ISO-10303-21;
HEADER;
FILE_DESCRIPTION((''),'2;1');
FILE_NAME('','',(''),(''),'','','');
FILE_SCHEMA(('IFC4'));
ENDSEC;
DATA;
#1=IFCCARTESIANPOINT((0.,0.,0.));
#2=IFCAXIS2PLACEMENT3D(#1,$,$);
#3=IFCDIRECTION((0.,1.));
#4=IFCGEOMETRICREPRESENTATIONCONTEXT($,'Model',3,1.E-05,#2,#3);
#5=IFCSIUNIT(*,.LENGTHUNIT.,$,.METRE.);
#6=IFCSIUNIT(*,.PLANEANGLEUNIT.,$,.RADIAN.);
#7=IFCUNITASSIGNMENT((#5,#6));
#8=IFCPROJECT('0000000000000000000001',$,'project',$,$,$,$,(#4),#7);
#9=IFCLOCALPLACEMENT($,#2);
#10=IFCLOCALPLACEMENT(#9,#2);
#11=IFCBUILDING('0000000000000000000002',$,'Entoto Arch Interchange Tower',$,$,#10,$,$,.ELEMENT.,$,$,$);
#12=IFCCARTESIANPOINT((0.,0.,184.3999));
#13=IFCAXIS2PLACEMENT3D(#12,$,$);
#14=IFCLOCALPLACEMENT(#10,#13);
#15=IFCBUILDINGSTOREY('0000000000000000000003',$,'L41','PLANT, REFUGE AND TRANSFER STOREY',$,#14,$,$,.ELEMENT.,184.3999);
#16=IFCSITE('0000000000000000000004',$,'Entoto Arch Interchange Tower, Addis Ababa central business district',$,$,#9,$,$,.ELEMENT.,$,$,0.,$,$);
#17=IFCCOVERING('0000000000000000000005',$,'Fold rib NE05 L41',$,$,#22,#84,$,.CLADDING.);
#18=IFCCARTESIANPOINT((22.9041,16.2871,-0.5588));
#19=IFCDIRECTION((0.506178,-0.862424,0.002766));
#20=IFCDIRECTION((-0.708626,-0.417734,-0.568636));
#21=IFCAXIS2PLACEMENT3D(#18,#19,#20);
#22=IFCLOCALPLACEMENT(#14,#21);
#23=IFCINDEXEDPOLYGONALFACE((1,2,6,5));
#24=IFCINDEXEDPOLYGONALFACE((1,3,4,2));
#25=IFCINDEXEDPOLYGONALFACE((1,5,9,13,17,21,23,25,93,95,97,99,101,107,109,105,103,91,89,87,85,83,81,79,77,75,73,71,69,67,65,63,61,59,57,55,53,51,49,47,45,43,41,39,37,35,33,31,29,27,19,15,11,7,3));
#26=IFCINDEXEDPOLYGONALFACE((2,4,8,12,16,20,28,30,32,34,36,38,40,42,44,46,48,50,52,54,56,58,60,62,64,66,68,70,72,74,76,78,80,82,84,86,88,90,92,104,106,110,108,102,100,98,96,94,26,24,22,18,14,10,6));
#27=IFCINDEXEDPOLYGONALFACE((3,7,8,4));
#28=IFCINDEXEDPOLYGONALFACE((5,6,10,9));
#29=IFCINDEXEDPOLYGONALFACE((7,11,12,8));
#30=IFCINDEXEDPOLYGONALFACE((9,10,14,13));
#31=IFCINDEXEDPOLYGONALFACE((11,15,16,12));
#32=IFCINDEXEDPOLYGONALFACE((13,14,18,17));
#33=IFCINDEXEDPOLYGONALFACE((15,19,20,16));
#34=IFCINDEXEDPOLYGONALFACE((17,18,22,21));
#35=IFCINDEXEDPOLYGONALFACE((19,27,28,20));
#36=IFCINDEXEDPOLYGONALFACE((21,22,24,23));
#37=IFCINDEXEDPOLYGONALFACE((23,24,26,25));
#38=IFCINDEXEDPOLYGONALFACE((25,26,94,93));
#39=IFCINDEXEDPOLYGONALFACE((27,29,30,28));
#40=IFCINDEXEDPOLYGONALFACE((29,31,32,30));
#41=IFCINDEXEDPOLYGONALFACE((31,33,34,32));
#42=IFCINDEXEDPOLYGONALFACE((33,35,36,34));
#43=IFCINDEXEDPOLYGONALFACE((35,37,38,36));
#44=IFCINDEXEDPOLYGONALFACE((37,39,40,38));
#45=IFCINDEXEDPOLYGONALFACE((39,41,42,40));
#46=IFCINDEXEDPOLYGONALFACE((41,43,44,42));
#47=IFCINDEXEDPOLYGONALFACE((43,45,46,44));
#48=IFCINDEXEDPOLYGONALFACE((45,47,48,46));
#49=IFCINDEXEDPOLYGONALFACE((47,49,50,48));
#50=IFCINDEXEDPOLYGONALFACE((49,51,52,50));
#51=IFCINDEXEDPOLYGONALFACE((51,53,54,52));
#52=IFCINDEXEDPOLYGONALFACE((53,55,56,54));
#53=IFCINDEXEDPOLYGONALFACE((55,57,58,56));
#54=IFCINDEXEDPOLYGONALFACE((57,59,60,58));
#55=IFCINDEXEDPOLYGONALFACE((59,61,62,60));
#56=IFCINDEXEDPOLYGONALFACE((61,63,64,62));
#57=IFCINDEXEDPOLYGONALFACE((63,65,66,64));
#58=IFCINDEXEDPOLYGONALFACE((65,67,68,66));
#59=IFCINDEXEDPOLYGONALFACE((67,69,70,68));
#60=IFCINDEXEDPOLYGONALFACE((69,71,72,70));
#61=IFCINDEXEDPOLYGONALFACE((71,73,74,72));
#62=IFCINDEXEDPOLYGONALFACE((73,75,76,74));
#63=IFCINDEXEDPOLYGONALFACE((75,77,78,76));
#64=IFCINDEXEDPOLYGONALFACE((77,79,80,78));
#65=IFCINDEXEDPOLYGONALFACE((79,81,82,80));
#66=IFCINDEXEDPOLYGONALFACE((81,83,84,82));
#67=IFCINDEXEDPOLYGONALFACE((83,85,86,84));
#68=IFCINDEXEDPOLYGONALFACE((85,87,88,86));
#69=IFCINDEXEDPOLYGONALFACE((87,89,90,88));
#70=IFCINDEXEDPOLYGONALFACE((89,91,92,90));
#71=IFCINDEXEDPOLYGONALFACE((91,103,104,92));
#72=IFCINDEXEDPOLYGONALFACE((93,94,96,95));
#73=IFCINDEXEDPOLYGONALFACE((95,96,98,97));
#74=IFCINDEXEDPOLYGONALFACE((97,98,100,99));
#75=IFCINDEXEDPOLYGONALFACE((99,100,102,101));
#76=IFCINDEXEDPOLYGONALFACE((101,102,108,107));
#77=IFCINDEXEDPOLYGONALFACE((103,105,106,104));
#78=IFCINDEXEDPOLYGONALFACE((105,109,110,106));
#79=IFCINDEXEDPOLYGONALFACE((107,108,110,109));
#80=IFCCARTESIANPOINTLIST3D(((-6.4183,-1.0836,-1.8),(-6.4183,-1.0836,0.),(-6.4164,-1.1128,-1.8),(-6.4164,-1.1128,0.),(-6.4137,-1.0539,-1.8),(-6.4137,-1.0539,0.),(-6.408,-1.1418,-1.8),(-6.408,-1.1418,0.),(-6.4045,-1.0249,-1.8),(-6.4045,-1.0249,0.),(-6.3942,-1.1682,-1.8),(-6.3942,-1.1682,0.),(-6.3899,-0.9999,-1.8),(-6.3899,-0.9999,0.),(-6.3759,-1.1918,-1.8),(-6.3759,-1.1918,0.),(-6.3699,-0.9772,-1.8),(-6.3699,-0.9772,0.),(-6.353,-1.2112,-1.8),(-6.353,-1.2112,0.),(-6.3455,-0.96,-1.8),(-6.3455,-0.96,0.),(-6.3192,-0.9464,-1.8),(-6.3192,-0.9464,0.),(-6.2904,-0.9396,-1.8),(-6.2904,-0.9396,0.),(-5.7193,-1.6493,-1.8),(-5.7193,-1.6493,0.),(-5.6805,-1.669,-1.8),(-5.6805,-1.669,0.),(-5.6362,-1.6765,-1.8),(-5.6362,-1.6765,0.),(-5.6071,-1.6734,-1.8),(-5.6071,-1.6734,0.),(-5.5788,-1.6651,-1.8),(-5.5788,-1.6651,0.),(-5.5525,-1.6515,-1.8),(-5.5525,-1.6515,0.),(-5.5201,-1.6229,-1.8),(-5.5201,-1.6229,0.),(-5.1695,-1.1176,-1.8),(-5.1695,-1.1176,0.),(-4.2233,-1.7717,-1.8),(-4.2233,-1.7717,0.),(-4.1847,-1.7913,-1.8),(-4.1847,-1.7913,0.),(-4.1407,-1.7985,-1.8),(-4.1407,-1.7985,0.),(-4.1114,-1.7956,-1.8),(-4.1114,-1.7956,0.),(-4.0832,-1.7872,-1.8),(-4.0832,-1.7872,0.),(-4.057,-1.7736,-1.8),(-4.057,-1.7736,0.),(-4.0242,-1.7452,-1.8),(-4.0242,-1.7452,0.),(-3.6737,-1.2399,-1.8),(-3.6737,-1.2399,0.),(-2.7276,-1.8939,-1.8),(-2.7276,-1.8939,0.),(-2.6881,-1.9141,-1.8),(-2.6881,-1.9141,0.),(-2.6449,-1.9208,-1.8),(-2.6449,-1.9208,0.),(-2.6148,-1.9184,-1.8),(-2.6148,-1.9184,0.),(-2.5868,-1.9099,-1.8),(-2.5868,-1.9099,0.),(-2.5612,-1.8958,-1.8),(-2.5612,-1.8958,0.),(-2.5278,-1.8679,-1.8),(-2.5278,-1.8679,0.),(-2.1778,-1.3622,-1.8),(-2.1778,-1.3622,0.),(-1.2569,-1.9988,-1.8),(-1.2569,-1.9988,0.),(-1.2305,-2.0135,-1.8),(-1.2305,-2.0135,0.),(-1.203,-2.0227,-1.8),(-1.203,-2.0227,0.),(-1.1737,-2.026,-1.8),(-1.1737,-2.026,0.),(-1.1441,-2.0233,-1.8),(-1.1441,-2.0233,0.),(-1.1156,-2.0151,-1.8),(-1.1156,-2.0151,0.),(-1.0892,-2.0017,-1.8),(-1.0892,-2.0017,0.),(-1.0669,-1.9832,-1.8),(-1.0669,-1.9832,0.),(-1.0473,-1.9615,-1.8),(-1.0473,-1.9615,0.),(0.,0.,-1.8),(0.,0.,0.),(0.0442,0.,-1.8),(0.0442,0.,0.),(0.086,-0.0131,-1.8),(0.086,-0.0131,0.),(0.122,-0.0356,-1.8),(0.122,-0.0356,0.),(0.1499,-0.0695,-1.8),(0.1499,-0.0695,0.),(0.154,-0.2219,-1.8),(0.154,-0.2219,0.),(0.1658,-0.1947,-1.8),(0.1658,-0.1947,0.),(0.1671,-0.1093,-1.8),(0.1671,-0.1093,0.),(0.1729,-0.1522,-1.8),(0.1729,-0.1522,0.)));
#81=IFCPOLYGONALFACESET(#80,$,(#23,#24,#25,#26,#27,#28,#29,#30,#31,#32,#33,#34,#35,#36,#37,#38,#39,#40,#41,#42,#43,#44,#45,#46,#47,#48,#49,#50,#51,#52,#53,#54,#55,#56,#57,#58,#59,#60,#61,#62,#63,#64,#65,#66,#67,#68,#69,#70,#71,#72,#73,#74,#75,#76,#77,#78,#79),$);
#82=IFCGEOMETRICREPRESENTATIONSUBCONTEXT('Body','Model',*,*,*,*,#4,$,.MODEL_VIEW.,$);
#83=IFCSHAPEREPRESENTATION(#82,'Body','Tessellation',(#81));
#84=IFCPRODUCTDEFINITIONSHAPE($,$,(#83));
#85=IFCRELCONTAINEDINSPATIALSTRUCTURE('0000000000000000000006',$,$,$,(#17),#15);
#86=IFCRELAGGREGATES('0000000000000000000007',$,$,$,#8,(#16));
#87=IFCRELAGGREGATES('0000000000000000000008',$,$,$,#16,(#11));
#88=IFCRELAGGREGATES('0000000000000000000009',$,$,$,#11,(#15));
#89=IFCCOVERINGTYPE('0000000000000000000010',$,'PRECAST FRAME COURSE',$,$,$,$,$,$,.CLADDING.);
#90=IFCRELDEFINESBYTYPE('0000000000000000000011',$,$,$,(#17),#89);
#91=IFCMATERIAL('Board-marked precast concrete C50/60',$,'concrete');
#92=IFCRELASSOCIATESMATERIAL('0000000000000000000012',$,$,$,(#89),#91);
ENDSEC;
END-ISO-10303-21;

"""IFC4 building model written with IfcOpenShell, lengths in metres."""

from ifc_helpers import new_model, si_unit, direction, frame, origin, place, context, subcontext, project, spatial, polyline, outline, extrude, material, type_object, element, save


model = new_model("IFC4")

# Units and contexts
model_context = context("Model", 3, precision=1e-05, world=origin(), true_north=direction((0.0, 1.0)))
body_context = subcontext(model_context, "Body", "Model", "MODEL_VIEW")
ifc_project = project(units=[si_unit("LENGTHUNIT", "METRE"), si_unit("PLANEANGLEUNIT", "RADIAN")], contexts=[model_context])

# Site, building, storey
site_placement = place(None, origin())
site = spatial("IfcSite", under=ifc_project, at=site_placement, Name="Entoto Arch Interchange Tower, Addis Ababa central business district", CompositionType="ELEMENT", RefElevation=0.0)
building_placement = place(site_placement, origin())
building = spatial("IfcBuilding", under=site, at=building_placement, Name="Entoto Arch Interchange Tower", CompositionType="ELEMENT")
storey_placement = place(building_placement, frame((0.0, 0.0, 184.3999)))
storey = spatial("IfcBuildingStorey", under=building, at=storey_placement, Name="L41", Description="PLANT, REFUGE AND TRANSFER STOREY", CompositionType="ELEMENT", Elevation=184.3999)

# Shared definitions
ifc_material_1 = material(Name="Board-marked precast concrete C50/60", Category="concrete")

# Covering
covering_type = type_object("IfcCoveringType", Name="PRECAST FRAME COURSE", PredefinedType="CLADDING", material=ifc_material_1)
covering_placement = place(storey_placement, frame((22.9041, 16.2871, -0.5588), z_axis=(0.506178, -0.862424, 0.002766), x_axis=(-0.708626, -0.417734, -0.568636)))
element("IfcCovering", 1, at=covering_placement, inside=storey, type_object=covering_type, Name="Fold rib NE05 L41", PredefinedType="CLADDING", context=body_context, shape_type="SweptSolid", body=[
    extrude(outline(polyline([(0.0, 0.0), (0.0442, 0.0), (0.086, -0.0131), (0.122, -0.0356), (0.1499, -0.0695), (0.1671, -0.1093), (0.1729, -0.1522), (0.1658, -0.1947), (0.154, -0.2219), (-1.0473, -1.9615), (-1.0669, -1.9832), (-1.0892, -2.0017), (-1.1156, -2.0151), (-1.1441, -2.0233), (-1.1737, -2.026), (-1.203, -2.0227), (-1.2305, -2.0135), (-1.2569, -1.9988), (-2.1778, -1.3622), (-2.5278, -1.8679), (-2.5612, -1.8958), (-2.5868, -1.9099), (-2.6148, -1.9184), (-2.6449, -1.9208), (-2.6881, -1.9141), (-2.7276, -1.8939), (-3.6737, -1.2399), (-4.0242, -1.7452), (-4.057, -1.7736), (-4.0832, -1.7872), (-4.1114, -1.7956), (-4.1407, -1.7985), (-4.1847, -1.7913), (-4.2233, -1.7717), (-5.1695, -1.1176), (-5.5201, -1.6229), (-5.5525, -1.6515), (-5.5788, -1.6651), (-5.6071, -1.6734), (-5.6362, -1.6765), (-5.6805, -1.669), (-5.7193, -1.6493), (-6.353, -1.2112), (-6.3759, -1.1918), (-6.3942, -1.1682), (-6.408, -1.1418), (-6.4164, -1.1128), (-6.4183, -1.0836), (-6.4137, -1.0539), (-6.4045, -1.0249), (-6.3899, -0.9999), (-6.3699, -0.9772), (-6.3455, -0.96), (-6.3192, -0.9464), (-6.2904, -0.9396), (0.0, 0.0)])), origin(), (0.0, 0.0, -1.0), 1.8),
])

save(model, "model.ifc")
